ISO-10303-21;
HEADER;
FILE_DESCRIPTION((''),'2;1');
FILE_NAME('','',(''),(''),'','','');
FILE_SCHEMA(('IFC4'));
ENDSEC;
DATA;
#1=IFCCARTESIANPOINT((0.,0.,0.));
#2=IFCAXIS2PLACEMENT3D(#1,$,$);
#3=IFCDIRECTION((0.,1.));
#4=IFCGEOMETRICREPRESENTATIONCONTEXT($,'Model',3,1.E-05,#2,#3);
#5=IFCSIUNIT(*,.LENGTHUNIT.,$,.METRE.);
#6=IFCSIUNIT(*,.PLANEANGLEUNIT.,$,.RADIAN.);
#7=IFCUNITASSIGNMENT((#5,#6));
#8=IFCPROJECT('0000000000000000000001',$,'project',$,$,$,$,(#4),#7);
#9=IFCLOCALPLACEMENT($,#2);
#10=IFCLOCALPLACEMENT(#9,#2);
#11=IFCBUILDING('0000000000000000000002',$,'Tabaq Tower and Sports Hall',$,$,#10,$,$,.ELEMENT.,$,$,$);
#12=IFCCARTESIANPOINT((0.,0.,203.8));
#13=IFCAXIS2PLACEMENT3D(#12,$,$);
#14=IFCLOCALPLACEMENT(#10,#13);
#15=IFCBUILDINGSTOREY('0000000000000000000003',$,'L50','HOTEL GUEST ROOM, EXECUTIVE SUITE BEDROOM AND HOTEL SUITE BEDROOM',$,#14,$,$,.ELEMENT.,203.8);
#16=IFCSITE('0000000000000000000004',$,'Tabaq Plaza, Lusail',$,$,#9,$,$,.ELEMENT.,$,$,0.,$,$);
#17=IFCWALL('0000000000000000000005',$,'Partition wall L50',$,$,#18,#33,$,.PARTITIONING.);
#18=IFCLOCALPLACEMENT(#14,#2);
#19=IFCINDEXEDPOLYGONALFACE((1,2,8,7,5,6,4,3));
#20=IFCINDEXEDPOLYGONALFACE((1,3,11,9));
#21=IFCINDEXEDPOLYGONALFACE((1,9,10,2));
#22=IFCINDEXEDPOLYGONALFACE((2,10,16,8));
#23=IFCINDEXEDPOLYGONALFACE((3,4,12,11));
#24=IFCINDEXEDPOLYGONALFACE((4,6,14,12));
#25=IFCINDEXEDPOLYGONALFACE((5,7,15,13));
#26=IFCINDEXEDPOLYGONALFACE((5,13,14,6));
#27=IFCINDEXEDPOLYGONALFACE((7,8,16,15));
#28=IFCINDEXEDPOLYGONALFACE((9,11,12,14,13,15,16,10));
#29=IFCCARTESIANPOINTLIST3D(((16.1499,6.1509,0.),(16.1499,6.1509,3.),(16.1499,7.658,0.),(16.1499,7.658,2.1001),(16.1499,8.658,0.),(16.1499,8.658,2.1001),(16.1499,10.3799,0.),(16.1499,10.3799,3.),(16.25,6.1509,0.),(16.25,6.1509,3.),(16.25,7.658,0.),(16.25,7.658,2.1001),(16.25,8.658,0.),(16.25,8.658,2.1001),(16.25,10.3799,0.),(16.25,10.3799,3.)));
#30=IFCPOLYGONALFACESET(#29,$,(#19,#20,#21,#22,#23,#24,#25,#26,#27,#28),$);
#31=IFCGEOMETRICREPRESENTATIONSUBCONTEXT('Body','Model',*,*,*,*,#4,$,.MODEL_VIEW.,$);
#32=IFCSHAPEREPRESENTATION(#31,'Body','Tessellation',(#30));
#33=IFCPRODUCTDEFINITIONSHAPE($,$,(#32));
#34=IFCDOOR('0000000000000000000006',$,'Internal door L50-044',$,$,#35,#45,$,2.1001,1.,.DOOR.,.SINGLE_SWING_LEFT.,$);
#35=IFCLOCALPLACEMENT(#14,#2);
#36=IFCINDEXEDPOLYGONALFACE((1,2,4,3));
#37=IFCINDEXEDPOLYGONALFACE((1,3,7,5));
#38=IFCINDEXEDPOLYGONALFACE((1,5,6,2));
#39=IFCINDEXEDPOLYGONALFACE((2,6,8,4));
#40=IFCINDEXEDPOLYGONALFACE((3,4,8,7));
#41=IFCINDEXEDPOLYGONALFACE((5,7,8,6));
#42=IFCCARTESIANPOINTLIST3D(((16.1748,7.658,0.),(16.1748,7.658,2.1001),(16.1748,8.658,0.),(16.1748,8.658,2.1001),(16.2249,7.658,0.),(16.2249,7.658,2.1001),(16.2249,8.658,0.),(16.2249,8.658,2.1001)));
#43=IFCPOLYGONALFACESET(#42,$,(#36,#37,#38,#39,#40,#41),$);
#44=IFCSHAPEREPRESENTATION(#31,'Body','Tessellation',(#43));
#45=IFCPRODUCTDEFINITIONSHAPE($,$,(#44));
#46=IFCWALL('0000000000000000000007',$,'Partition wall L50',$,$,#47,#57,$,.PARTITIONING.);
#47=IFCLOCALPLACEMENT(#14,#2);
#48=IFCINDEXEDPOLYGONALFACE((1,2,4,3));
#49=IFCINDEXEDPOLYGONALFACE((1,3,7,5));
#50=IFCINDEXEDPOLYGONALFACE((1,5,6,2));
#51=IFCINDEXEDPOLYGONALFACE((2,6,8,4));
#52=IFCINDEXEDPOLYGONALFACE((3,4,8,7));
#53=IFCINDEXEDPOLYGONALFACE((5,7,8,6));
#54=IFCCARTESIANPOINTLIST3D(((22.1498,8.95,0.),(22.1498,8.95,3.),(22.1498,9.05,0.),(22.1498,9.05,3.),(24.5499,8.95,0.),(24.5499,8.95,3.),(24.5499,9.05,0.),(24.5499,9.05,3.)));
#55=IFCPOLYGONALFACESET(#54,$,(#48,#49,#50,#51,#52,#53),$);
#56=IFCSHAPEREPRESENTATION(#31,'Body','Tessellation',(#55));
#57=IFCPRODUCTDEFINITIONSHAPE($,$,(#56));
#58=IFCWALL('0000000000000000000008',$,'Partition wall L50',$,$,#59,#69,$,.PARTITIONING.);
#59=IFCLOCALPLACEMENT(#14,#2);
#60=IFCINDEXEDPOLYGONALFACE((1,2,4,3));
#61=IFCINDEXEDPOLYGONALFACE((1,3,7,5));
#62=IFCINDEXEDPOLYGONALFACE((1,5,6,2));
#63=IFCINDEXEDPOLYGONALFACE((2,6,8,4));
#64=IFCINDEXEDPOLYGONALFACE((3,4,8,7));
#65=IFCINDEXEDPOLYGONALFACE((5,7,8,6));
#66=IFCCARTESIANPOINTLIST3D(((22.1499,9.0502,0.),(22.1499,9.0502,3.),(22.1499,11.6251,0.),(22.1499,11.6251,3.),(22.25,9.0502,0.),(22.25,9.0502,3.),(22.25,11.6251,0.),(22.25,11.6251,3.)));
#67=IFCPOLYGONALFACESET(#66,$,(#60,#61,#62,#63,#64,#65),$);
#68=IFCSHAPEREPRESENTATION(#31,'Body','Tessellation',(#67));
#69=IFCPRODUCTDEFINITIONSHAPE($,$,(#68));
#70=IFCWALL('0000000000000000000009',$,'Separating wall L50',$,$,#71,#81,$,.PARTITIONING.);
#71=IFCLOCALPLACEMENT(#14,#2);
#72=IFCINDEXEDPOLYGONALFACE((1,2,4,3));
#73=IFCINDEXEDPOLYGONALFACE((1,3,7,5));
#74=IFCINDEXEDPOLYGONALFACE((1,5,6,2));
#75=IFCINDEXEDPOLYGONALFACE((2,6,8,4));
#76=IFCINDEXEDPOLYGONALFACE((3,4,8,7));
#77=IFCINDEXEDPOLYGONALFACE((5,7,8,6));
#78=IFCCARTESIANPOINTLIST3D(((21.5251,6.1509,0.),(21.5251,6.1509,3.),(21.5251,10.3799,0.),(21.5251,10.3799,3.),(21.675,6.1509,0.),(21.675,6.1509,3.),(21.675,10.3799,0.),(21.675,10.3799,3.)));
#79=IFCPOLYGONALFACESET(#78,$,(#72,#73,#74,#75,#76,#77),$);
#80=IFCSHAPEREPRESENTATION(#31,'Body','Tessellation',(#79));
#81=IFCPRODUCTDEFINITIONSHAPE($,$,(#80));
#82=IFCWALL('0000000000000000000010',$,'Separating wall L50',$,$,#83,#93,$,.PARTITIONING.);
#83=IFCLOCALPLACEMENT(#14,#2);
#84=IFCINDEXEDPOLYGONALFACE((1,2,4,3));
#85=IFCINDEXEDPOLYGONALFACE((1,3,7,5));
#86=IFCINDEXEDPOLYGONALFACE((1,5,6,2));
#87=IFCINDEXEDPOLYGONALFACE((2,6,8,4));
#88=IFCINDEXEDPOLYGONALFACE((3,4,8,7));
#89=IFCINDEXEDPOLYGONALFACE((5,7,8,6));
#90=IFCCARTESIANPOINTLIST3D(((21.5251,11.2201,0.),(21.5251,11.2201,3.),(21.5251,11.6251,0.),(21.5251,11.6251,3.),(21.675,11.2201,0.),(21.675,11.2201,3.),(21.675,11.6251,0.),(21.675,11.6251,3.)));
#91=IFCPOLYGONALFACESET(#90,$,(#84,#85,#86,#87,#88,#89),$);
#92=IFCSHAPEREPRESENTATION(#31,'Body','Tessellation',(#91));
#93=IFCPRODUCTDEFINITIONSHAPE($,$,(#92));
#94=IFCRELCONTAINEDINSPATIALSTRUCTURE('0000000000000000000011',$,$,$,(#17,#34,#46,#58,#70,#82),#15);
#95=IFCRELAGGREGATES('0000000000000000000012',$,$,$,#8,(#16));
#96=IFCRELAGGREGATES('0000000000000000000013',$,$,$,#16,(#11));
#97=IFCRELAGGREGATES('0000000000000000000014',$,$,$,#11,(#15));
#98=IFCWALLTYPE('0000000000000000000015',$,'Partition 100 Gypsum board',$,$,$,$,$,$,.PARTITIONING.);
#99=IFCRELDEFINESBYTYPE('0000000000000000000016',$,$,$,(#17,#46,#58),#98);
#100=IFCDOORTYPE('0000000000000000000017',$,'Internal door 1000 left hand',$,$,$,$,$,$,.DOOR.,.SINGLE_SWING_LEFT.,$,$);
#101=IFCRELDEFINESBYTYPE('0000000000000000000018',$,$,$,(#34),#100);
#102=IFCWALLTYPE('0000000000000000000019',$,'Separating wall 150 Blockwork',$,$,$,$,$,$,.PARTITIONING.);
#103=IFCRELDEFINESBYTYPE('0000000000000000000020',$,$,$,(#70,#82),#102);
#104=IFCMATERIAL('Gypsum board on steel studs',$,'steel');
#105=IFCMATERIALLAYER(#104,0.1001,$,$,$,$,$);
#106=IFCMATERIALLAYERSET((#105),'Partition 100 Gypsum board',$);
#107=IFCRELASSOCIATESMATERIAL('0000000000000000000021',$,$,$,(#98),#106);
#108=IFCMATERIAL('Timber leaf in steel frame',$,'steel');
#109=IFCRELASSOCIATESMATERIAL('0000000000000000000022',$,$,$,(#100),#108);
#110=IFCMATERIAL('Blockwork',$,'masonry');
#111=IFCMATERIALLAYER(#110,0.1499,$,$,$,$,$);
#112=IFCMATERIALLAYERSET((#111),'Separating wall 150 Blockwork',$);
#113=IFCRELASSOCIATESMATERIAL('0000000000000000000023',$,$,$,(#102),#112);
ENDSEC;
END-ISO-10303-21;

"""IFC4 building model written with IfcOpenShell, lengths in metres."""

from ifc_helpers import new_model, si_unit, direction, frame, frame_2d, origin, place, context, subcontext, project, spatial, rectangle, extrude, material, layer, layer_set, type_object, element, fill, save


model = new_model("IFC4")

# Units and contexts
model_context = context("Model", 3, precision=1e-05, world=origin(), true_north=direction((0.0, 1.0)))
body_context = subcontext(model_context, "Body", "Model", "MODEL_VIEW")
ifc_project = project(units=[si_unit("LENGTHUNIT", "METRE"), si_unit("PLANEANGLEUNIT", "RADIAN")], contexts=[model_context])

# Site, building, storey
site_placement = place(None, origin())
site = spatial("IfcSite", under=ifc_project, at=site_placement, Name="Tabaq Plaza, Lusail", CompositionType="ELEMENT", RefElevation=0.0)
building_placement = place(site_placement, origin())
building = spatial("IfcBuilding", under=site, at=building_placement, Name="Tabaq Tower and Sports Hall", CompositionType="ELEMENT")
storey_placement = place(building_placement, frame((0.0, 0.0, 203.8)))
storey = spatial("IfcBuildingStorey", under=building, at=storey_placement, Name="L50", Description="HOTEL GUEST ROOM, EXECUTIVE SUITE BEDROOM AND HOTEL SUITE BEDROOM", CompositionType="ELEMENT", Elevation=203.8)

# Shared definitions
ifc_material_1 = material(Name="Gypsum board on steel studs", Category="steel")
ifc_layer_1 = layer(ifc_material_1, 0.1001)
ifc_layer_set_1 = layer_set([ifc_layer_1], Name="Partition 100 Gypsum board")
wall_type_1 = type_object("IfcWallType", Name="Partition 100 Gypsum board", PredefinedType="PARTITIONING", material=ifc_layer_set_1)
ifc_material_2 = material(Name="Timber leaf in steel frame", Category="steel")
door_type = type_object("IfcDoorType", Name="Internal door 1000 left hand", OperationType="SINGLE_SWING_LEFT", PredefinedType="DOOR", material=ifc_material_2)

# Wall, opening, door
wall_1_placement = place(storey_placement, frame((16.2, 10.3799, 0.0), z_axis=(0.0, 0.0, 1.0), x_axis=(0.0, -1.0, 0.0)))
wall_1 = element("IfcWall", 1, at=wall_1_placement, inside=storey, type_object=wall_type_1, Name="Partition wall L50", PredefinedType="PARTITIONING", context=body_context, shape_type="SweptSolid", body=[
    extrude(rectangle(XDim=4.229, YDim=0.1001, at=frame_2d((2.1145, 0.0))), origin(), (0.0, 0.0, 1.0), 3.0),
])
opening_1_placement = place(wall_1_placement, frame((1.7219, 0.0, 0.0)))
opening_1 = element("IfcOpeningElement", 2, at=opening_1_placement, cuts=wall_1, PredefinedType="OPENING", context=body_context, shape_type="SweptSolid", body=[
    extrude(rectangle(XDim=1.0, YDim=2.1001, at=frame_2d((0.5, 1.05))), frame((0.0, 0.05, 0.0), z_axis=(0.0, -1.0, 0.0), x_axis=(1.0, 0.0, 0.0)), (0.0, 0.0, 1.0), 0.1001),
])
door_1_placement = place(opening_1_placement, origin())
door_1 = element("IfcDoor", 3, at=door_1_placement, inside=storey, type_object=door_type, Name="Internal door L50-044", OperationType="SINGLE_SWING_LEFT", OverallHeight=2.1001, OverallWidth=1.0, PredefinedType="DOOR", context=body_context, shape_type="SweptSolid", body=[
    extrude(rectangle(XDim=1.0, YDim=2.1001, at=frame_2d((0.5, 1.05))), frame((0.0, 0.0249, 0.0), z_axis=(0.0, -1.0, 0.0), x_axis=(1.0, 0.0, 0.0)), (0.0, 0.0, 1.0), 0.05),
])
fill(opening_1, door_1)

# Walls
wall_2_placement = place(storey_placement, frame((24.55, 9.0, 0.0), z_axis=(0.0, 0.0, 1.0), x_axis=(-1.0, 0.0, 0.0)))
element("IfcWall", 4, at=wall_2_placement, inside=storey, type_object=wall_type_1, Name="Partition wall L50", PredefinedType="PARTITIONING", context=body_context, shape_type="SweptSolid", body=[
    extrude(rectangle(XDim=2.4001, YDim=0.1001, at=frame_2d((1.2002, 0.0))), origin(), (0.0, 0.0, 1.0), 3.0),
])
wall_3_placement = place(storey_placement, frame((22.2, 9.05, 0.0), z_axis=(0.0, 0.0, 1.0), x_axis=(0.0, 1.0, 0.0)))
element("IfcWall", 5, at=wall_3_placement, inside=storey, type_object=wall_type_1, Name="Partition wall L50", PredefinedType="PARTITIONING", context=body_context, shape_type="SweptSolid", body=[
    extrude(rectangle(XDim=2.575, YDim=0.1001, at=frame_2d((1.2876, 0.0))), origin(), (0.0, 0.0, 1.0), 3.0),
])
ifc_material_3 = material(Name="Blockwork", Category="masonry")
ifc_layer_2 = layer(ifc_material_3, 0.1499)
ifc_layer_set_2 = layer_set([ifc_layer_2], Name="Separating wall 150 Blockwork")
wall_type_2 = type_object("IfcWallType", Name="Separating wall 150 Blockwork", PredefinedType="PARTITIONING", material=ifc_layer_set_2)
wall_4_placement = place(storey_placement, frame((21.6001, 6.1509, 0.0), z_axis=(0.0, 0.0, 1.0), x_axis=(0.0, 1.0, 0.0)))
element("IfcWall", 6, at=wall_4_placement, inside=storey, type_object=wall_type_2, Name="Separating wall L50", PredefinedType="PARTITIONING", context=body_context, shape_type="SweptSolid", body=[
    extrude(rectangle(XDim=4.229, YDim=0.1499, at=frame_2d((2.1145, 0.0))), origin(), (0.0, 0.0, 1.0), 3.0),
])
wall_5_placement = place(storey_placement, frame((21.6001, 11.22, 0.0), z_axis=(0.0, 0.0, 1.0), x_axis=(0.0, 1.0, 0.0)))
element("IfcWall", 7, at=wall_5_placement, inside=storey, type_object=wall_type_2, Name="Separating wall L50", PredefinedType="PARTITIONING", context=body_context, shape_type="SweptSolid", body=[
    extrude(rectangle(XDim=0.405, YDim=0.1499, at=frame_2d((0.2026, 0.0))), origin(), (0.0, 0.0, 1.0), 3.0),
])

save(model, "model.ifc")
